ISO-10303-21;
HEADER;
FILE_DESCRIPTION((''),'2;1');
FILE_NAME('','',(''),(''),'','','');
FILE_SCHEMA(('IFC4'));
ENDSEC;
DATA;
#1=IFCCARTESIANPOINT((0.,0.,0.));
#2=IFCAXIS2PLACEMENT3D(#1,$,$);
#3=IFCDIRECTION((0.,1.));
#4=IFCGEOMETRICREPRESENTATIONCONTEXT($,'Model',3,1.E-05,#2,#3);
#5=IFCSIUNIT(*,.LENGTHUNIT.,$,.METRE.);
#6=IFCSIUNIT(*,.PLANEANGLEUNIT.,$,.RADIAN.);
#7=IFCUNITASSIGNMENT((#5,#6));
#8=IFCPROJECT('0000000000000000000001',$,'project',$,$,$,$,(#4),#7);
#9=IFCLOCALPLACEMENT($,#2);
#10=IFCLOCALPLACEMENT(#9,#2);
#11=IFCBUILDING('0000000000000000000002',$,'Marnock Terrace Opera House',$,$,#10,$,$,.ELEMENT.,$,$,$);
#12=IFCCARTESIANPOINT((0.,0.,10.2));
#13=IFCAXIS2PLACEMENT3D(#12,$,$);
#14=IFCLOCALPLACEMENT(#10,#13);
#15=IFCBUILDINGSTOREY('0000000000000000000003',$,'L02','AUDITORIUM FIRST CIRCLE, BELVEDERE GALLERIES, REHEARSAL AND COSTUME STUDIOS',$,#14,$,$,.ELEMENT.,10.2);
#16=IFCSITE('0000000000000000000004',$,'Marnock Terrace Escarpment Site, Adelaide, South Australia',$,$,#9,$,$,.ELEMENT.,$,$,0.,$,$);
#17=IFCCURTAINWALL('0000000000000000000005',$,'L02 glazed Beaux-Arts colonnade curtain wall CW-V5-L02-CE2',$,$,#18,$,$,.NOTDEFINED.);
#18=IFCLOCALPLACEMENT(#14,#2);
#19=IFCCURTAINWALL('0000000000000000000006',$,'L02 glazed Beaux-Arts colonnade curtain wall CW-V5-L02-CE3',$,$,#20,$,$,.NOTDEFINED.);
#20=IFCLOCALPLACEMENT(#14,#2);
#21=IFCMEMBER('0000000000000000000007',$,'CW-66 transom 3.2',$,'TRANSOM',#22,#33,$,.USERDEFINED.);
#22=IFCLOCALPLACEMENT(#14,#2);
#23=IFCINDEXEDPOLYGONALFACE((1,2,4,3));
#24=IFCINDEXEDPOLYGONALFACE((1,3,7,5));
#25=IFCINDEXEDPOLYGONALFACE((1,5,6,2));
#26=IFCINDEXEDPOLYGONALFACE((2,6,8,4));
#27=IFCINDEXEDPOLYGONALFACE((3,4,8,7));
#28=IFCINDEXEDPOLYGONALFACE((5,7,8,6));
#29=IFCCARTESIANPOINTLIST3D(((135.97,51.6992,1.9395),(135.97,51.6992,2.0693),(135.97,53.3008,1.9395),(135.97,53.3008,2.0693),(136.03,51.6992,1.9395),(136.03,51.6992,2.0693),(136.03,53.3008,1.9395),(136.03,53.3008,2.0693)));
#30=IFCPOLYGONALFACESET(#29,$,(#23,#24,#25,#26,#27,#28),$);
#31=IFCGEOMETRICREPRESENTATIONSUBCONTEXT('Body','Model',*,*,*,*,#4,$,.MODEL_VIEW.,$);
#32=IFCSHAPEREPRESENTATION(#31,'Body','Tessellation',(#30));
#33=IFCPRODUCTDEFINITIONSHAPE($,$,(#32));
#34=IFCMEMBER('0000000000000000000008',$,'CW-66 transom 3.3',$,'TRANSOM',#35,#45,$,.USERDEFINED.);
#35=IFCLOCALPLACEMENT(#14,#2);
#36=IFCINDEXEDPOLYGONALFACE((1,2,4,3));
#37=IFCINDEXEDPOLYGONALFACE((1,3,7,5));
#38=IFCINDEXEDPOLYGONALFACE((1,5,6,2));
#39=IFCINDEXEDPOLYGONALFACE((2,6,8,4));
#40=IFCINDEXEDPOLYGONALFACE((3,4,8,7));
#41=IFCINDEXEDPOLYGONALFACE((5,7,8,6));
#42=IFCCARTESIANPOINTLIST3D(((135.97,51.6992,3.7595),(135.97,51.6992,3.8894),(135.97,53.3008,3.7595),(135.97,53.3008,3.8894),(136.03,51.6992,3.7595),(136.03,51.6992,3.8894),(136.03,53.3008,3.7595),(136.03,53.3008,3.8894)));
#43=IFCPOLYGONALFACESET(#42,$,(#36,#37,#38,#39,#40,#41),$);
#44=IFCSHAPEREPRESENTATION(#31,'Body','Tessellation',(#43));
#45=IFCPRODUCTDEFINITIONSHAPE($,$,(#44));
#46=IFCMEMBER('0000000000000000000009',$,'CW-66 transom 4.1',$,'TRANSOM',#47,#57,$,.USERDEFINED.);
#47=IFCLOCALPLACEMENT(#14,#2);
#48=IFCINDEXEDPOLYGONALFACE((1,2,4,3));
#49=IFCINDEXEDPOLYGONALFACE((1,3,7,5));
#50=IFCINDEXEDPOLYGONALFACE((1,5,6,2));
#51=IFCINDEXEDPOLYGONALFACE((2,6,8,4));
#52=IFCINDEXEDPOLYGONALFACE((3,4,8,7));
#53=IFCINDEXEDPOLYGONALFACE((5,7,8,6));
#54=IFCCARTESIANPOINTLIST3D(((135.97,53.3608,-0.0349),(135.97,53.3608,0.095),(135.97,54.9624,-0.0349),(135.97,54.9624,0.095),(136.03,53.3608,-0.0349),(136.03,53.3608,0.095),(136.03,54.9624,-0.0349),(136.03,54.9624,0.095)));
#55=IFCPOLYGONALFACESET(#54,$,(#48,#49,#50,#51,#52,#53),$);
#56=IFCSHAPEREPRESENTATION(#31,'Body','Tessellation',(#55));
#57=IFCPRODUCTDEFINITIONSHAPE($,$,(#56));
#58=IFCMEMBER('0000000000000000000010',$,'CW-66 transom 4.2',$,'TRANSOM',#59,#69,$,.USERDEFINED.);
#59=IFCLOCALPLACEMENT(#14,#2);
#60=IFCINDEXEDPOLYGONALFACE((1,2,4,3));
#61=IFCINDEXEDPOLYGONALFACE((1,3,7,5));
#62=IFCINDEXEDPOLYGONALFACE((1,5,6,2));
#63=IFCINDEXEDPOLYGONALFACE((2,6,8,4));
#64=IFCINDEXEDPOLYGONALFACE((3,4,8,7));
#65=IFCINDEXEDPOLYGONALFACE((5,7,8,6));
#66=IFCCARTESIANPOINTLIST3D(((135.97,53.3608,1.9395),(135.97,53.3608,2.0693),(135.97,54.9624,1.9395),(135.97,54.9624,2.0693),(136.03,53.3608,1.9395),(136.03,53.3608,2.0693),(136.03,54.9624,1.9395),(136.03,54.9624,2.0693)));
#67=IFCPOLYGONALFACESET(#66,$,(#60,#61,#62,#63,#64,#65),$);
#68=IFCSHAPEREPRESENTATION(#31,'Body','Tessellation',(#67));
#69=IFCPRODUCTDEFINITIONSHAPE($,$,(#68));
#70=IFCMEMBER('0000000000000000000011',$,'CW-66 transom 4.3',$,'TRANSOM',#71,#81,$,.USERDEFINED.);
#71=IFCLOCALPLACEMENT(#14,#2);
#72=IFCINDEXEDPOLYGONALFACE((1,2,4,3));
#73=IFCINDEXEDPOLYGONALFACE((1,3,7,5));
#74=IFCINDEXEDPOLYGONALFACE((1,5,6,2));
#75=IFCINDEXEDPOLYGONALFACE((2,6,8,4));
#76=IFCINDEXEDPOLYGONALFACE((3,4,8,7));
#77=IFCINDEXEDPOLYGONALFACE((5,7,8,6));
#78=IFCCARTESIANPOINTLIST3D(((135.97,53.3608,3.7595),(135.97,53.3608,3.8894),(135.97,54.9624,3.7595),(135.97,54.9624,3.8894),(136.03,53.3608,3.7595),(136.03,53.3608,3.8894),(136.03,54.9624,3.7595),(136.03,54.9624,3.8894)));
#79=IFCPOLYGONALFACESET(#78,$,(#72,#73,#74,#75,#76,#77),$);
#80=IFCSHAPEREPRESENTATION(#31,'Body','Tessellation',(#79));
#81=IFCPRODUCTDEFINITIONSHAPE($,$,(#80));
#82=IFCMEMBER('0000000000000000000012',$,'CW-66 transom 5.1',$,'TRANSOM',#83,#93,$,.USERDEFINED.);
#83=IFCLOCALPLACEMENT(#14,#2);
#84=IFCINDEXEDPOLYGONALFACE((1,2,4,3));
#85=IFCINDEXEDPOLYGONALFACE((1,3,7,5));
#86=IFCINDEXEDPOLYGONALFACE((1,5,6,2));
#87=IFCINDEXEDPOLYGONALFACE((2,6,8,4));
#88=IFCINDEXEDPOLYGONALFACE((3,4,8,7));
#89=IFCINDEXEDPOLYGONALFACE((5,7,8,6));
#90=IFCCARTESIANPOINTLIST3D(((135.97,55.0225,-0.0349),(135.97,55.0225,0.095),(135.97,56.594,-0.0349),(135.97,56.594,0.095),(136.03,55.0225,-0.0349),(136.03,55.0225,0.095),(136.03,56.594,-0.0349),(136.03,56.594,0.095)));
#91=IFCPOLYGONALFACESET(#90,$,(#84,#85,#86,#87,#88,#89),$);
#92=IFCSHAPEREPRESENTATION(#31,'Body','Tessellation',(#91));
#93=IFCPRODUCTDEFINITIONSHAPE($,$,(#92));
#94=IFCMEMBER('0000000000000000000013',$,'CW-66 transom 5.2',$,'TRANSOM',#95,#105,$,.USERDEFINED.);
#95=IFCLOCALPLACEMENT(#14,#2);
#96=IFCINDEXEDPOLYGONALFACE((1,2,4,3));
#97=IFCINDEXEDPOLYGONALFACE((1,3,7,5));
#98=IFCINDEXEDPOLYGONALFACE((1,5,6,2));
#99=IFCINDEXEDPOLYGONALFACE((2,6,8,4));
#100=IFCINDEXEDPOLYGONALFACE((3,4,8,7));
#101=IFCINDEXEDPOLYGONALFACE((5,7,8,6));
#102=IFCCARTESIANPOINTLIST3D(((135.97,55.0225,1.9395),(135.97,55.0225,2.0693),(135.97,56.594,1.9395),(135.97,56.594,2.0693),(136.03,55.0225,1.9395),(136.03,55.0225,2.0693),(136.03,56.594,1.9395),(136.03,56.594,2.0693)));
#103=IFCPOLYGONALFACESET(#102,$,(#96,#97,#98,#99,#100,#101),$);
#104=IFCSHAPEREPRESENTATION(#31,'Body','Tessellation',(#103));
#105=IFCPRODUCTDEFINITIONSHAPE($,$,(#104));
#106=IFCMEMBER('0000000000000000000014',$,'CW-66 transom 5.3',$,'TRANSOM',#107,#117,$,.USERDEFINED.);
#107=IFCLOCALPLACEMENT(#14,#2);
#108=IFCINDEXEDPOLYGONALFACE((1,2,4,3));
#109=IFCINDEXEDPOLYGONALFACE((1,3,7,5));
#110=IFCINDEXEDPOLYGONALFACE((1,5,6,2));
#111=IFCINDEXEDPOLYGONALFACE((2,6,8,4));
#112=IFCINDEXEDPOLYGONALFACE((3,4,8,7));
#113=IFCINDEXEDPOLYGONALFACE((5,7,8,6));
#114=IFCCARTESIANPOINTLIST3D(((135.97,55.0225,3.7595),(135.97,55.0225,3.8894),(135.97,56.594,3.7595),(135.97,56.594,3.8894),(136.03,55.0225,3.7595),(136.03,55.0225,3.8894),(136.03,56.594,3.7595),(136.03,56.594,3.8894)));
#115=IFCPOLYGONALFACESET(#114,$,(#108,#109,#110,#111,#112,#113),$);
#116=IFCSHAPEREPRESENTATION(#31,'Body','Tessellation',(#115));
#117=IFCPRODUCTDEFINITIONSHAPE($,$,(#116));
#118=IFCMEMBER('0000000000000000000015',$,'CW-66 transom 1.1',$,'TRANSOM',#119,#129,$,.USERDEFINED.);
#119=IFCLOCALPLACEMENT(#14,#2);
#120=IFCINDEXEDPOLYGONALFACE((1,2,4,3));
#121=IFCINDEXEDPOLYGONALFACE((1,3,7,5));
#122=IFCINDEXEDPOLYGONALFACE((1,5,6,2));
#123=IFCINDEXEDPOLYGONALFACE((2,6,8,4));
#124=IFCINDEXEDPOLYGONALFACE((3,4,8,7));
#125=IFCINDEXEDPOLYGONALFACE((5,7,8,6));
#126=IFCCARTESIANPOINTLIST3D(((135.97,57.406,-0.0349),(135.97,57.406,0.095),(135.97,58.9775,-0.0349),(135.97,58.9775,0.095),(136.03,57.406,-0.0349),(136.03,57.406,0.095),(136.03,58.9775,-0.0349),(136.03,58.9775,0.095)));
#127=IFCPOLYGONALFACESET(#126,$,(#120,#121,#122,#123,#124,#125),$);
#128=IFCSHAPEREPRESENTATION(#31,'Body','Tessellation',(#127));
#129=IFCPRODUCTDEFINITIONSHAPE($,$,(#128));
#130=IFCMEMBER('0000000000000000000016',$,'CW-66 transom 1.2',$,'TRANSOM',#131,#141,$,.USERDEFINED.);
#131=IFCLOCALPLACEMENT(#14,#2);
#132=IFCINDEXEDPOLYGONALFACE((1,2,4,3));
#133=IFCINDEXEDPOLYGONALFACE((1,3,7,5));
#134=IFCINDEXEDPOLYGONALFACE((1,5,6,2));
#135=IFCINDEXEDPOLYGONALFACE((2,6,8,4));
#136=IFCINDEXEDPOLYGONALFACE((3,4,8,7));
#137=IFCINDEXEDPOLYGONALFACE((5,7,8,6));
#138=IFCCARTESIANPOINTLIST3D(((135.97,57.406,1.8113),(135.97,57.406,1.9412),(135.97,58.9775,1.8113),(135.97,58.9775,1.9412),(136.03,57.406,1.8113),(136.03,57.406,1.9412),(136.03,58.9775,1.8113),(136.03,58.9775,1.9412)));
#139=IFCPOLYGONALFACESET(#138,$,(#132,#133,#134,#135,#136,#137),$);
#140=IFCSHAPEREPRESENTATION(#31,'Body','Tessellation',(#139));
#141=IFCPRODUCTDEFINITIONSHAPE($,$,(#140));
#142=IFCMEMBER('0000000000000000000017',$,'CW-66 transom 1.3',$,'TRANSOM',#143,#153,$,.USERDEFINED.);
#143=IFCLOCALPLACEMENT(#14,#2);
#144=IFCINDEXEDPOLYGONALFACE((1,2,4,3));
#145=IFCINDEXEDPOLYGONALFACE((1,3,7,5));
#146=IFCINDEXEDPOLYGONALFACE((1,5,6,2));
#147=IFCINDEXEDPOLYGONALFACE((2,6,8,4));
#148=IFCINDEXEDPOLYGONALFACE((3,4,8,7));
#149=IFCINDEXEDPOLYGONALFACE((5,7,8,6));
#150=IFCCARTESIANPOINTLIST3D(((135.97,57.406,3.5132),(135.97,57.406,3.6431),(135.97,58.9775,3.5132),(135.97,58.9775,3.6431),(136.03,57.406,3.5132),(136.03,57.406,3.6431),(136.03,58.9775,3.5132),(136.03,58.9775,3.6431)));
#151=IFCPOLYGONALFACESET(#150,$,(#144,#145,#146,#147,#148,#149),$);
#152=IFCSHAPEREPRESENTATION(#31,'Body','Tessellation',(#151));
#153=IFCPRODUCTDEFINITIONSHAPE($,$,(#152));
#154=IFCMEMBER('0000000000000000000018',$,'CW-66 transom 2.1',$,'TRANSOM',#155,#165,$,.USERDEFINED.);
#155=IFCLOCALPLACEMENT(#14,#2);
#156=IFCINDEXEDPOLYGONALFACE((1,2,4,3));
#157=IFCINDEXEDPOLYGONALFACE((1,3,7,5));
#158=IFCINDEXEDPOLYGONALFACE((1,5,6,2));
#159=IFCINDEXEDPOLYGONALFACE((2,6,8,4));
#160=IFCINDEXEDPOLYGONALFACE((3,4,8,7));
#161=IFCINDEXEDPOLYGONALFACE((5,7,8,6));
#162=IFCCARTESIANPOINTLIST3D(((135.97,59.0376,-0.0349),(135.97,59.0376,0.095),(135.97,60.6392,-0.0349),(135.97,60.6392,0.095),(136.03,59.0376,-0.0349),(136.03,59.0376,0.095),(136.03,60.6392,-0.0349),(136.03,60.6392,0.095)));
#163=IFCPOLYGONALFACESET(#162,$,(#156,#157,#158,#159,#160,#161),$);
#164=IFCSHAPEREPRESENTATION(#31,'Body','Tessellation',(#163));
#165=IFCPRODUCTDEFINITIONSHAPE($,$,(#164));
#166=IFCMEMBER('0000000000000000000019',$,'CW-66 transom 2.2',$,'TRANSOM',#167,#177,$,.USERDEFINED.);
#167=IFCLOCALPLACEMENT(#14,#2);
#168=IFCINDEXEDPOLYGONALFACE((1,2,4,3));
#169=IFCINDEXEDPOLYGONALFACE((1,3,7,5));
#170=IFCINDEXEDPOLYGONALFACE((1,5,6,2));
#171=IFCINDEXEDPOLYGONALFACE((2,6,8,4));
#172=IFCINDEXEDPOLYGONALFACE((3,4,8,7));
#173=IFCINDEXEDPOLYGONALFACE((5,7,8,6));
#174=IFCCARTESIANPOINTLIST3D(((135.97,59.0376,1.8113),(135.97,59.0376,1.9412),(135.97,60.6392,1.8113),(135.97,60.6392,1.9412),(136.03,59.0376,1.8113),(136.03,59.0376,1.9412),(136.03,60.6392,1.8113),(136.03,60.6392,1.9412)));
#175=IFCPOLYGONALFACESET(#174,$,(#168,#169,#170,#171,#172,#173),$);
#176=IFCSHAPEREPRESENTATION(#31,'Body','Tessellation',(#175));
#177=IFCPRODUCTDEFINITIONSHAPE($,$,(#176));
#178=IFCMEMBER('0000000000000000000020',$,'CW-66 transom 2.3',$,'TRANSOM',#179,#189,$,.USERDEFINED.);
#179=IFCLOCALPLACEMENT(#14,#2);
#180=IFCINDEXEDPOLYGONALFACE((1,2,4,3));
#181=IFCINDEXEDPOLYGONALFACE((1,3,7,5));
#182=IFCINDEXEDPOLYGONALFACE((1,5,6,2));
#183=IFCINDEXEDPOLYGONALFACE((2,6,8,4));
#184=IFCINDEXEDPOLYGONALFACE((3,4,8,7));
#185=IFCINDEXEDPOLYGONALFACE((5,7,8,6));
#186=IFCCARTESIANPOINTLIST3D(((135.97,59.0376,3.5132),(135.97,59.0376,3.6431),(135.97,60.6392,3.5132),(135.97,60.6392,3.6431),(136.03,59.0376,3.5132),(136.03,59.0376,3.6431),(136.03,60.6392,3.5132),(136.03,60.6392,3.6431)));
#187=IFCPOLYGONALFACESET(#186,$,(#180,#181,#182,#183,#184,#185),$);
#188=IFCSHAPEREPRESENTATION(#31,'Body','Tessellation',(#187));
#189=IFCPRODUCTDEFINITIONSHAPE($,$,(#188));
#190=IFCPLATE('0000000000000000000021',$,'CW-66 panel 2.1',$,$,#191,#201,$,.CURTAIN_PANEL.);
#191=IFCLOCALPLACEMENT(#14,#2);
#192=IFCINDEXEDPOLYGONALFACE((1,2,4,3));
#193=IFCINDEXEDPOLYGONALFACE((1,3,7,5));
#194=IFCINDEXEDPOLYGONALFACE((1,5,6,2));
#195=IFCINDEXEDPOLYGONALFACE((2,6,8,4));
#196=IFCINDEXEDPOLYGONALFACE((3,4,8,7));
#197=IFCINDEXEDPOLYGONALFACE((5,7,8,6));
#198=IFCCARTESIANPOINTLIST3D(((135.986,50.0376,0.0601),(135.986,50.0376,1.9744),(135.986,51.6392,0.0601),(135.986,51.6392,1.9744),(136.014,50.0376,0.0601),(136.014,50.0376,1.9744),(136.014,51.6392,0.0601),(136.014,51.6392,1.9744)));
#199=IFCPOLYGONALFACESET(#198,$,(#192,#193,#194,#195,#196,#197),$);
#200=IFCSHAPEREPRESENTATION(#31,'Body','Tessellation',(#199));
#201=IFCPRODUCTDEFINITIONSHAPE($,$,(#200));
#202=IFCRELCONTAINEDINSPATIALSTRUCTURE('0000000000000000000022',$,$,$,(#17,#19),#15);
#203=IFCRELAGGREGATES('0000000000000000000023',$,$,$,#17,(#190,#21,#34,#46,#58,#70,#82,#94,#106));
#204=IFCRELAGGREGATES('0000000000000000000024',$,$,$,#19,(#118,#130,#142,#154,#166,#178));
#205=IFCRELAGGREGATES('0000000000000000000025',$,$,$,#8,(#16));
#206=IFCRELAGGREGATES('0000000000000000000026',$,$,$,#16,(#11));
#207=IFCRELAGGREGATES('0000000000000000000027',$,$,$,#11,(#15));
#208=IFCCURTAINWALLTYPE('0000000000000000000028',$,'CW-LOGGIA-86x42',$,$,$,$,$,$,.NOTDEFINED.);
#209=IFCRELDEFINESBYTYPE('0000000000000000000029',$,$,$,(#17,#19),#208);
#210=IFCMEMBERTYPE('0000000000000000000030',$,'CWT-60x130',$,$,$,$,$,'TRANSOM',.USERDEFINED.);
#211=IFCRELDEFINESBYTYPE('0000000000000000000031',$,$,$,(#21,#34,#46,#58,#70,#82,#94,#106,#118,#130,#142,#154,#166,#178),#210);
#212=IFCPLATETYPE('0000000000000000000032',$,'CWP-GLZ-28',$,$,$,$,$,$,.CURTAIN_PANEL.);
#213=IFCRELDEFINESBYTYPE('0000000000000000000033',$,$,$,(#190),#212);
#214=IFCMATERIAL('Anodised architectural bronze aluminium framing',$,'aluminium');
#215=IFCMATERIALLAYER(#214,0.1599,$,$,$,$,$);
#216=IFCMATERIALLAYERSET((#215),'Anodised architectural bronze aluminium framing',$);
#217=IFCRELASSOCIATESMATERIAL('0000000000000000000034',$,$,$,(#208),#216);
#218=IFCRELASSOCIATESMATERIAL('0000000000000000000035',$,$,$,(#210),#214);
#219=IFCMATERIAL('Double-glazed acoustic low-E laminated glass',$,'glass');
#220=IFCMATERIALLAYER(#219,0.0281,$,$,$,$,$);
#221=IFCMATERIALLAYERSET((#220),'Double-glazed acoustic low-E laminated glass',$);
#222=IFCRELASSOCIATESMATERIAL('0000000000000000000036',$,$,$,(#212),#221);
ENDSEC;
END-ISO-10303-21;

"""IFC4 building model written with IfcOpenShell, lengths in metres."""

from ifc_helpers import new_model, si_unit, direction, frame, origin, origin_2d, place, context, subcontext, project, spatial, rectangle, extrude, material, layer, layer_set, material_profile, profile_set, type_object, element, aggregate, save


model = new_model("IFC4")

# Units and contexts
model_context = context("Model", 3, precision=1e-05, world=origin(), true_north=direction((0.0, 1.0)))
body_context = subcontext(model_context, "Body", "Model", "MODEL_VIEW")
ifc_project = project(units=[si_unit("LENGTHUNIT", "METRE"), si_unit("PLANEANGLEUNIT", "RADIAN")], contexts=[model_context])

# Site, building, storey
site_placement = place(None, origin())
site = spatial("IfcSite", under=ifc_project, at=site_placement, Name="Marnock Terrace Escarpment Site, Adelaide, South Australia", CompositionType="ELEMENT", RefElevation=0.0)
building_placement = place(site_placement, origin())
building = spatial("IfcBuilding", under=site, at=building_placement, Name="Marnock Terrace Opera House", CompositionType="ELEMENT")
storey_placement = place(building_placement, frame((0.0, 0.0, 10.2)))
storey = spatial("IfcBuildingStorey", under=building, at=storey_placement, Name="L02", Description="AUDITORIUM FIRST CIRCLE, BELVEDERE GALLERIES, REHEARSAL AND COSTUME STUDIOS", CompositionType="ELEMENT", Elevation=10.2)

# Curtain walls
ifc_material_1 = material(Name="Anodised architectural bronze aluminium framing", Category="aluminium")
ifc_layer_1 = layer(ifc_material_1, 0.1599)
ifc_layer_set_1 = layer_set([ifc_layer_1], Name="Anodised architectural bronze aluminium framing")
curtain_wall_type = type_object("IfcCurtainWallType", Name="CW-LOGGIA-86x42", PredefinedType="NOTDEFINED", material=ifc_layer_set_1)
curtain_wall_1_placement = place(storey_placement, origin())
curtain_wall_1 = element("IfcCurtainWall", 1, at=curtain_wall_1_placement, inside=storey, type_object=curtain_wall_type, Name="L02 glazed Beaux-Arts colonnade curtain wall CW-V5-L02-CE2", PredefinedType="NOTDEFINED")
curtain_wall_2_placement = place(storey_placement, origin())
curtain_wall_2 = element("IfcCurtainWall", 2, at=curtain_wall_2_placement, inside=storey, type_object=curtain_wall_type, Name="L02 glazed Beaux-Arts colonnade curtain wall CW-V5-L02-CE3", PredefinedType="NOTDEFINED")

# Members
ifc_material_profile_1 = material_profile(ifc_material_1, rectangle(XDim=0.0601, YDim=0.1299, at=origin_2d()))
ifc_profile_set_1 = profile_set([ifc_material_profile_1], Name="Anodised architectural bronze aluminium framing")
member_type_1 = type_object("IfcMemberType", Name="CWT-60x130", ElementType="TRANSOM", PredefinedType="USERDEFINED", material=ifc_profile_set_1)
member_1_placement = place(storey_placement, frame((136.0, 51.6992, 2.0044), z_axis=(0.0, 1.0, 0.0), x_axis=(-1.0, 0.0, 0.0)))
member_1 = element("IfcMember", 3, at=member_1_placement, type_object=member_type_1, Name="CW-66 transom 3.2", ObjectType="TRANSOM", PredefinedType="USERDEFINED", context=body_context, shape_type="SweptSolid", body=[
    extrude(rectangle(XDim=0.0601, YDim=0.1299, at=origin_2d()), origin(), (0.0, 0.0, 1.0), 1.6016),
])
member_2_placement = place(storey_placement, frame((136.0, 51.6992, 3.8245), z_axis=(0.0, 1.0, 0.0), x_axis=(-1.0, 0.0, 0.0)))
member_2 = element("IfcMember", 4, at=member_2_placement, type_object=member_type_1, Name="CW-66 transom 3.3", ObjectType="TRANSOM", PredefinedType="USERDEFINED", context=body_context, shape_type="SweptSolid", body=[
    extrude(rectangle(XDim=0.0601, YDim=0.1299, at=origin_2d()), origin(), (0.0, 0.0, 1.0), 1.6016),
])
member_3_placement = place(storey_placement, frame((136.0, 53.3608, 0.03), z_axis=(0.0, 1.0, 0.0), x_axis=(-1.0, 0.0, 0.0)))
member_3 = element("IfcMember", 5, at=member_3_placement, type_object=member_type_1, Name="CW-66 transom 4.1", ObjectType="TRANSOM", PredefinedType="USERDEFINED", context=body_context, shape_type="SweptSolid", body=[
    extrude(rectangle(XDim=0.0601, YDim=0.1299, at=origin_2d()), origin(), (0.0, 0.0, 1.0), 1.6016),
])
member_4_placement = place(storey_placement, frame((136.0, 53.3608, 2.0044), z_axis=(0.0, 1.0, 0.0), x_axis=(-1.0, 0.0, 0.0)))
member_4 = element("IfcMember", 6, at=member_4_placement, type_object=member_type_1, Name="CW-66 transom 4.2", ObjectType="TRANSOM", PredefinedType="USERDEFINED", context=body_context, shape_type="SweptSolid", body=[
    extrude(rectangle(XDim=0.0601, YDim=0.1299, at=origin_2d()), origin(), (0.0, 0.0, 1.0), 1.6016),
])
member_5_placement = place(storey_placement, frame((136.0, 53.3608, 3.8245), z_axis=(0.0, 1.0, 0.0), x_axis=(-1.0, 0.0, 0.0)))
member_5 = element("IfcMember", 7, at=member_5_placement, type_object=member_type_1, Name="CW-66 transom 4.3", ObjectType="TRANSOM", PredefinedType="USERDEFINED", context=body_context, shape_type="SweptSolid", body=[
    extrude(rectangle(XDim=0.0601, YDim=0.1299, at=origin_2d()), origin(), (0.0, 0.0, 1.0), 1.6016),
])
member_6_placement = place(storey_placement, frame((136.0, 55.0225, 0.03), z_axis=(0.0, 1.0, 0.0), x_axis=(-1.0, 0.0, 0.0)))
member_6 = element("IfcMember", 8, at=member_6_placement, type_object=member_type_1, Name="CW-66 transom 5.1", ObjectType="TRANSOM", PredefinedType="USERDEFINED", context=body_context, shape_type="SweptSolid", body=[
    extrude(rectangle(XDim=0.0601, YDim=0.1299, at=origin_2d()), origin(), (0.0, 0.0, 1.0), 1.5715),
])
member_7_placement = place(storey_placement, frame((136.0, 55.0225, 2.0044), z_axis=(0.0, 1.0, 0.0), x_axis=(-1.0, 0.0, 0.0)))
member_7 = element("IfcMember", 9, at=member_7_placement, type_object=member_type_1, Name="CW-66 transom 5.2", ObjectType="TRANSOM", PredefinedType="USERDEFINED", context=body_context, shape_type="SweptSolid", body=[
    extrude(rectangle(XDim=0.0601, YDim=0.1299, at=origin_2d()), origin(), (0.0, 0.0, 1.0), 1.5715),
])
member_8_placement = place(storey_placement, frame((136.0, 55.0225, 3.8245), z_axis=(0.0, 1.0, 0.0), x_axis=(-1.0, 0.0, 0.0)))
member_8 = element("IfcMember", 10, at=member_8_placement, type_object=member_type_1, Name="CW-66 transom 5.3", ObjectType="TRANSOM", PredefinedType="USERDEFINED", context=body_context, shape_type="SweptSolid", body=[
    extrude(rectangle(XDim=0.0601, YDim=0.1299, at=origin_2d()), origin(), (0.0, 0.0, 1.0), 1.5715),
])
member_9_placement = place(storey_placement, frame((136.0, 57.406, 0.03), z_axis=(0.0, 1.0, 0.0), x_axis=(-1.0, 0.0, 0.0)))
member_9 = element("IfcMember", 11, at=member_9_placement, type_object=member_type_1, Name="CW-66 transom 1.1", ObjectType="TRANSOM", PredefinedType="USERDEFINED", context=body_context, shape_type="SweptSolid", body=[
    extrude(rectangle(XDim=0.0601, YDim=0.1299, at=origin_2d()), origin(), (0.0, 0.0, 1.0), 1.5715),
])
member_10_placement = place(storey_placement, frame((136.0, 57.406, 1.8762), z_axis=(0.0, 1.0, 0.0), x_axis=(-1.0, 0.0, 0.0)))
member_10 = element("IfcMember", 12, at=member_10_placement, type_object=member_type_1, Name="CW-66 transom 1.2", ObjectType="TRANSOM", PredefinedType="USERDEFINED", context=body_context, shape_type="SweptSolid", body=[
    extrude(rectangle(XDim=0.0601, YDim=0.1299, at=origin_2d()), origin(), (0.0, 0.0, 1.0), 1.5715),
])
member_11_placement = place(storey_placement, frame((136.0, 57.406, 3.5781), z_axis=(0.0, 1.0, 0.0), x_axis=(-1.0, 0.0, 0.0)))
member_11 = element("IfcMember", 13, at=member_11_placement, type_object=member_type_1, Name="CW-66 transom 1.3", ObjectType="TRANSOM", PredefinedType="USERDEFINED", context=body_context, shape_type="SweptSolid", body=[
    extrude(rectangle(XDim=0.0601, YDim=0.1299, at=origin_2d()), origin(), (0.0, 0.0, 1.0), 1.5715),
])
member_12_placement = place(storey_placement, frame((136.0, 59.0376, 0.03), z_axis=(0.0, 1.0, 0.0), x_axis=(-1.0, 0.0, 0.0)))
member_12 = element("IfcMember", 14, at=member_12_placement, type_object=member_type_1, Name="CW-66 transom 2.1", ObjectType="TRANSOM", PredefinedType="USERDEFINED", context=body_context, shape_type="SweptSolid", body=[
    extrude(rectangle(XDim=0.0601, YDim=0.1299, at=origin_2d()), origin(), (0.0, 0.0, 1.0), 1.6016),
])
member_13_placement = place(storey_placement, frame((136.0, 59.0376, 1.8762), z_axis=(0.0, 1.0, 0.0), x_axis=(-1.0, 0.0, 0.0)))
member_13 = element("IfcMember", 15, at=member_13_placement, type_object=member_type_1, Name="CW-66 transom 2.2", ObjectType="TRANSOM", PredefinedType="USERDEFINED", context=body_context, shape_type="SweptSolid", body=[
    extrude(rectangle(XDim=0.0601, YDim=0.1299, at=origin_2d()), origin(), (0.0, 0.0, 1.0), 1.6016),
])
member_14_placement = place(storey_placement, frame((136.0, 59.0376, 3.5781), z_axis=(0.0, 1.0, 0.0), x_axis=(-1.0, 0.0, 0.0)))
member_14 = element("IfcMember", 16, at=member_14_placement, type_object=member_type_1, Name="CW-66 transom 2.3", ObjectType="TRANSOM", PredefinedType="USERDEFINED", context=body_context, shape_type="SweptSolid", body=[
    extrude(rectangle(XDim=0.0601, YDim=0.1299, at=origin_2d()), origin(), (0.0, 0.0, 1.0), 1.6016),
])

# Plate
ifc_material_2 = material(Name="Double-glazed acoustic low-E laminated glass", Category="glass")
ifc_layer_2 = layer(ifc_material_2, 0.0281)
ifc_layer_set_2 = layer_set([ifc_layer_2], Name="Double-glazed acoustic low-E laminated glass")
plate_type = type_object("IfcPlateType", Name="CWP-GLZ-28", PredefinedType="CURTAIN_PANEL", material=ifc_layer_set_2)
plate_1_placement = place(storey_placement, frame((136.0, 50.8384, 0.0601), z_axis=(0.0, 0.0, 1.0), x_axis=(0.0, 1.0, 0.0)))
plate_1 = element("IfcPlate", 17, at=plate_1_placement, type_object=plate_type, Name="CW-66 panel 2.1", PredefinedType="CURTAIN_PANEL", context=body_context, shape_type="SweptSolid", body=[
    extrude(rectangle(XDim=1.6016, YDim=0.0281, at=origin_2d()), origin(), (0.0, 0.0, 1.0), 1.9143),
])
aggregate(curtain_wall_1, [plate_1, member_1, member_2, member_3, member_4, member_5, member_6, member_7, member_8])
aggregate(curtain_wall_2, [member_9, member_10, member_11, member_12, member_13, member_14])

save(model, "model.ifc")
